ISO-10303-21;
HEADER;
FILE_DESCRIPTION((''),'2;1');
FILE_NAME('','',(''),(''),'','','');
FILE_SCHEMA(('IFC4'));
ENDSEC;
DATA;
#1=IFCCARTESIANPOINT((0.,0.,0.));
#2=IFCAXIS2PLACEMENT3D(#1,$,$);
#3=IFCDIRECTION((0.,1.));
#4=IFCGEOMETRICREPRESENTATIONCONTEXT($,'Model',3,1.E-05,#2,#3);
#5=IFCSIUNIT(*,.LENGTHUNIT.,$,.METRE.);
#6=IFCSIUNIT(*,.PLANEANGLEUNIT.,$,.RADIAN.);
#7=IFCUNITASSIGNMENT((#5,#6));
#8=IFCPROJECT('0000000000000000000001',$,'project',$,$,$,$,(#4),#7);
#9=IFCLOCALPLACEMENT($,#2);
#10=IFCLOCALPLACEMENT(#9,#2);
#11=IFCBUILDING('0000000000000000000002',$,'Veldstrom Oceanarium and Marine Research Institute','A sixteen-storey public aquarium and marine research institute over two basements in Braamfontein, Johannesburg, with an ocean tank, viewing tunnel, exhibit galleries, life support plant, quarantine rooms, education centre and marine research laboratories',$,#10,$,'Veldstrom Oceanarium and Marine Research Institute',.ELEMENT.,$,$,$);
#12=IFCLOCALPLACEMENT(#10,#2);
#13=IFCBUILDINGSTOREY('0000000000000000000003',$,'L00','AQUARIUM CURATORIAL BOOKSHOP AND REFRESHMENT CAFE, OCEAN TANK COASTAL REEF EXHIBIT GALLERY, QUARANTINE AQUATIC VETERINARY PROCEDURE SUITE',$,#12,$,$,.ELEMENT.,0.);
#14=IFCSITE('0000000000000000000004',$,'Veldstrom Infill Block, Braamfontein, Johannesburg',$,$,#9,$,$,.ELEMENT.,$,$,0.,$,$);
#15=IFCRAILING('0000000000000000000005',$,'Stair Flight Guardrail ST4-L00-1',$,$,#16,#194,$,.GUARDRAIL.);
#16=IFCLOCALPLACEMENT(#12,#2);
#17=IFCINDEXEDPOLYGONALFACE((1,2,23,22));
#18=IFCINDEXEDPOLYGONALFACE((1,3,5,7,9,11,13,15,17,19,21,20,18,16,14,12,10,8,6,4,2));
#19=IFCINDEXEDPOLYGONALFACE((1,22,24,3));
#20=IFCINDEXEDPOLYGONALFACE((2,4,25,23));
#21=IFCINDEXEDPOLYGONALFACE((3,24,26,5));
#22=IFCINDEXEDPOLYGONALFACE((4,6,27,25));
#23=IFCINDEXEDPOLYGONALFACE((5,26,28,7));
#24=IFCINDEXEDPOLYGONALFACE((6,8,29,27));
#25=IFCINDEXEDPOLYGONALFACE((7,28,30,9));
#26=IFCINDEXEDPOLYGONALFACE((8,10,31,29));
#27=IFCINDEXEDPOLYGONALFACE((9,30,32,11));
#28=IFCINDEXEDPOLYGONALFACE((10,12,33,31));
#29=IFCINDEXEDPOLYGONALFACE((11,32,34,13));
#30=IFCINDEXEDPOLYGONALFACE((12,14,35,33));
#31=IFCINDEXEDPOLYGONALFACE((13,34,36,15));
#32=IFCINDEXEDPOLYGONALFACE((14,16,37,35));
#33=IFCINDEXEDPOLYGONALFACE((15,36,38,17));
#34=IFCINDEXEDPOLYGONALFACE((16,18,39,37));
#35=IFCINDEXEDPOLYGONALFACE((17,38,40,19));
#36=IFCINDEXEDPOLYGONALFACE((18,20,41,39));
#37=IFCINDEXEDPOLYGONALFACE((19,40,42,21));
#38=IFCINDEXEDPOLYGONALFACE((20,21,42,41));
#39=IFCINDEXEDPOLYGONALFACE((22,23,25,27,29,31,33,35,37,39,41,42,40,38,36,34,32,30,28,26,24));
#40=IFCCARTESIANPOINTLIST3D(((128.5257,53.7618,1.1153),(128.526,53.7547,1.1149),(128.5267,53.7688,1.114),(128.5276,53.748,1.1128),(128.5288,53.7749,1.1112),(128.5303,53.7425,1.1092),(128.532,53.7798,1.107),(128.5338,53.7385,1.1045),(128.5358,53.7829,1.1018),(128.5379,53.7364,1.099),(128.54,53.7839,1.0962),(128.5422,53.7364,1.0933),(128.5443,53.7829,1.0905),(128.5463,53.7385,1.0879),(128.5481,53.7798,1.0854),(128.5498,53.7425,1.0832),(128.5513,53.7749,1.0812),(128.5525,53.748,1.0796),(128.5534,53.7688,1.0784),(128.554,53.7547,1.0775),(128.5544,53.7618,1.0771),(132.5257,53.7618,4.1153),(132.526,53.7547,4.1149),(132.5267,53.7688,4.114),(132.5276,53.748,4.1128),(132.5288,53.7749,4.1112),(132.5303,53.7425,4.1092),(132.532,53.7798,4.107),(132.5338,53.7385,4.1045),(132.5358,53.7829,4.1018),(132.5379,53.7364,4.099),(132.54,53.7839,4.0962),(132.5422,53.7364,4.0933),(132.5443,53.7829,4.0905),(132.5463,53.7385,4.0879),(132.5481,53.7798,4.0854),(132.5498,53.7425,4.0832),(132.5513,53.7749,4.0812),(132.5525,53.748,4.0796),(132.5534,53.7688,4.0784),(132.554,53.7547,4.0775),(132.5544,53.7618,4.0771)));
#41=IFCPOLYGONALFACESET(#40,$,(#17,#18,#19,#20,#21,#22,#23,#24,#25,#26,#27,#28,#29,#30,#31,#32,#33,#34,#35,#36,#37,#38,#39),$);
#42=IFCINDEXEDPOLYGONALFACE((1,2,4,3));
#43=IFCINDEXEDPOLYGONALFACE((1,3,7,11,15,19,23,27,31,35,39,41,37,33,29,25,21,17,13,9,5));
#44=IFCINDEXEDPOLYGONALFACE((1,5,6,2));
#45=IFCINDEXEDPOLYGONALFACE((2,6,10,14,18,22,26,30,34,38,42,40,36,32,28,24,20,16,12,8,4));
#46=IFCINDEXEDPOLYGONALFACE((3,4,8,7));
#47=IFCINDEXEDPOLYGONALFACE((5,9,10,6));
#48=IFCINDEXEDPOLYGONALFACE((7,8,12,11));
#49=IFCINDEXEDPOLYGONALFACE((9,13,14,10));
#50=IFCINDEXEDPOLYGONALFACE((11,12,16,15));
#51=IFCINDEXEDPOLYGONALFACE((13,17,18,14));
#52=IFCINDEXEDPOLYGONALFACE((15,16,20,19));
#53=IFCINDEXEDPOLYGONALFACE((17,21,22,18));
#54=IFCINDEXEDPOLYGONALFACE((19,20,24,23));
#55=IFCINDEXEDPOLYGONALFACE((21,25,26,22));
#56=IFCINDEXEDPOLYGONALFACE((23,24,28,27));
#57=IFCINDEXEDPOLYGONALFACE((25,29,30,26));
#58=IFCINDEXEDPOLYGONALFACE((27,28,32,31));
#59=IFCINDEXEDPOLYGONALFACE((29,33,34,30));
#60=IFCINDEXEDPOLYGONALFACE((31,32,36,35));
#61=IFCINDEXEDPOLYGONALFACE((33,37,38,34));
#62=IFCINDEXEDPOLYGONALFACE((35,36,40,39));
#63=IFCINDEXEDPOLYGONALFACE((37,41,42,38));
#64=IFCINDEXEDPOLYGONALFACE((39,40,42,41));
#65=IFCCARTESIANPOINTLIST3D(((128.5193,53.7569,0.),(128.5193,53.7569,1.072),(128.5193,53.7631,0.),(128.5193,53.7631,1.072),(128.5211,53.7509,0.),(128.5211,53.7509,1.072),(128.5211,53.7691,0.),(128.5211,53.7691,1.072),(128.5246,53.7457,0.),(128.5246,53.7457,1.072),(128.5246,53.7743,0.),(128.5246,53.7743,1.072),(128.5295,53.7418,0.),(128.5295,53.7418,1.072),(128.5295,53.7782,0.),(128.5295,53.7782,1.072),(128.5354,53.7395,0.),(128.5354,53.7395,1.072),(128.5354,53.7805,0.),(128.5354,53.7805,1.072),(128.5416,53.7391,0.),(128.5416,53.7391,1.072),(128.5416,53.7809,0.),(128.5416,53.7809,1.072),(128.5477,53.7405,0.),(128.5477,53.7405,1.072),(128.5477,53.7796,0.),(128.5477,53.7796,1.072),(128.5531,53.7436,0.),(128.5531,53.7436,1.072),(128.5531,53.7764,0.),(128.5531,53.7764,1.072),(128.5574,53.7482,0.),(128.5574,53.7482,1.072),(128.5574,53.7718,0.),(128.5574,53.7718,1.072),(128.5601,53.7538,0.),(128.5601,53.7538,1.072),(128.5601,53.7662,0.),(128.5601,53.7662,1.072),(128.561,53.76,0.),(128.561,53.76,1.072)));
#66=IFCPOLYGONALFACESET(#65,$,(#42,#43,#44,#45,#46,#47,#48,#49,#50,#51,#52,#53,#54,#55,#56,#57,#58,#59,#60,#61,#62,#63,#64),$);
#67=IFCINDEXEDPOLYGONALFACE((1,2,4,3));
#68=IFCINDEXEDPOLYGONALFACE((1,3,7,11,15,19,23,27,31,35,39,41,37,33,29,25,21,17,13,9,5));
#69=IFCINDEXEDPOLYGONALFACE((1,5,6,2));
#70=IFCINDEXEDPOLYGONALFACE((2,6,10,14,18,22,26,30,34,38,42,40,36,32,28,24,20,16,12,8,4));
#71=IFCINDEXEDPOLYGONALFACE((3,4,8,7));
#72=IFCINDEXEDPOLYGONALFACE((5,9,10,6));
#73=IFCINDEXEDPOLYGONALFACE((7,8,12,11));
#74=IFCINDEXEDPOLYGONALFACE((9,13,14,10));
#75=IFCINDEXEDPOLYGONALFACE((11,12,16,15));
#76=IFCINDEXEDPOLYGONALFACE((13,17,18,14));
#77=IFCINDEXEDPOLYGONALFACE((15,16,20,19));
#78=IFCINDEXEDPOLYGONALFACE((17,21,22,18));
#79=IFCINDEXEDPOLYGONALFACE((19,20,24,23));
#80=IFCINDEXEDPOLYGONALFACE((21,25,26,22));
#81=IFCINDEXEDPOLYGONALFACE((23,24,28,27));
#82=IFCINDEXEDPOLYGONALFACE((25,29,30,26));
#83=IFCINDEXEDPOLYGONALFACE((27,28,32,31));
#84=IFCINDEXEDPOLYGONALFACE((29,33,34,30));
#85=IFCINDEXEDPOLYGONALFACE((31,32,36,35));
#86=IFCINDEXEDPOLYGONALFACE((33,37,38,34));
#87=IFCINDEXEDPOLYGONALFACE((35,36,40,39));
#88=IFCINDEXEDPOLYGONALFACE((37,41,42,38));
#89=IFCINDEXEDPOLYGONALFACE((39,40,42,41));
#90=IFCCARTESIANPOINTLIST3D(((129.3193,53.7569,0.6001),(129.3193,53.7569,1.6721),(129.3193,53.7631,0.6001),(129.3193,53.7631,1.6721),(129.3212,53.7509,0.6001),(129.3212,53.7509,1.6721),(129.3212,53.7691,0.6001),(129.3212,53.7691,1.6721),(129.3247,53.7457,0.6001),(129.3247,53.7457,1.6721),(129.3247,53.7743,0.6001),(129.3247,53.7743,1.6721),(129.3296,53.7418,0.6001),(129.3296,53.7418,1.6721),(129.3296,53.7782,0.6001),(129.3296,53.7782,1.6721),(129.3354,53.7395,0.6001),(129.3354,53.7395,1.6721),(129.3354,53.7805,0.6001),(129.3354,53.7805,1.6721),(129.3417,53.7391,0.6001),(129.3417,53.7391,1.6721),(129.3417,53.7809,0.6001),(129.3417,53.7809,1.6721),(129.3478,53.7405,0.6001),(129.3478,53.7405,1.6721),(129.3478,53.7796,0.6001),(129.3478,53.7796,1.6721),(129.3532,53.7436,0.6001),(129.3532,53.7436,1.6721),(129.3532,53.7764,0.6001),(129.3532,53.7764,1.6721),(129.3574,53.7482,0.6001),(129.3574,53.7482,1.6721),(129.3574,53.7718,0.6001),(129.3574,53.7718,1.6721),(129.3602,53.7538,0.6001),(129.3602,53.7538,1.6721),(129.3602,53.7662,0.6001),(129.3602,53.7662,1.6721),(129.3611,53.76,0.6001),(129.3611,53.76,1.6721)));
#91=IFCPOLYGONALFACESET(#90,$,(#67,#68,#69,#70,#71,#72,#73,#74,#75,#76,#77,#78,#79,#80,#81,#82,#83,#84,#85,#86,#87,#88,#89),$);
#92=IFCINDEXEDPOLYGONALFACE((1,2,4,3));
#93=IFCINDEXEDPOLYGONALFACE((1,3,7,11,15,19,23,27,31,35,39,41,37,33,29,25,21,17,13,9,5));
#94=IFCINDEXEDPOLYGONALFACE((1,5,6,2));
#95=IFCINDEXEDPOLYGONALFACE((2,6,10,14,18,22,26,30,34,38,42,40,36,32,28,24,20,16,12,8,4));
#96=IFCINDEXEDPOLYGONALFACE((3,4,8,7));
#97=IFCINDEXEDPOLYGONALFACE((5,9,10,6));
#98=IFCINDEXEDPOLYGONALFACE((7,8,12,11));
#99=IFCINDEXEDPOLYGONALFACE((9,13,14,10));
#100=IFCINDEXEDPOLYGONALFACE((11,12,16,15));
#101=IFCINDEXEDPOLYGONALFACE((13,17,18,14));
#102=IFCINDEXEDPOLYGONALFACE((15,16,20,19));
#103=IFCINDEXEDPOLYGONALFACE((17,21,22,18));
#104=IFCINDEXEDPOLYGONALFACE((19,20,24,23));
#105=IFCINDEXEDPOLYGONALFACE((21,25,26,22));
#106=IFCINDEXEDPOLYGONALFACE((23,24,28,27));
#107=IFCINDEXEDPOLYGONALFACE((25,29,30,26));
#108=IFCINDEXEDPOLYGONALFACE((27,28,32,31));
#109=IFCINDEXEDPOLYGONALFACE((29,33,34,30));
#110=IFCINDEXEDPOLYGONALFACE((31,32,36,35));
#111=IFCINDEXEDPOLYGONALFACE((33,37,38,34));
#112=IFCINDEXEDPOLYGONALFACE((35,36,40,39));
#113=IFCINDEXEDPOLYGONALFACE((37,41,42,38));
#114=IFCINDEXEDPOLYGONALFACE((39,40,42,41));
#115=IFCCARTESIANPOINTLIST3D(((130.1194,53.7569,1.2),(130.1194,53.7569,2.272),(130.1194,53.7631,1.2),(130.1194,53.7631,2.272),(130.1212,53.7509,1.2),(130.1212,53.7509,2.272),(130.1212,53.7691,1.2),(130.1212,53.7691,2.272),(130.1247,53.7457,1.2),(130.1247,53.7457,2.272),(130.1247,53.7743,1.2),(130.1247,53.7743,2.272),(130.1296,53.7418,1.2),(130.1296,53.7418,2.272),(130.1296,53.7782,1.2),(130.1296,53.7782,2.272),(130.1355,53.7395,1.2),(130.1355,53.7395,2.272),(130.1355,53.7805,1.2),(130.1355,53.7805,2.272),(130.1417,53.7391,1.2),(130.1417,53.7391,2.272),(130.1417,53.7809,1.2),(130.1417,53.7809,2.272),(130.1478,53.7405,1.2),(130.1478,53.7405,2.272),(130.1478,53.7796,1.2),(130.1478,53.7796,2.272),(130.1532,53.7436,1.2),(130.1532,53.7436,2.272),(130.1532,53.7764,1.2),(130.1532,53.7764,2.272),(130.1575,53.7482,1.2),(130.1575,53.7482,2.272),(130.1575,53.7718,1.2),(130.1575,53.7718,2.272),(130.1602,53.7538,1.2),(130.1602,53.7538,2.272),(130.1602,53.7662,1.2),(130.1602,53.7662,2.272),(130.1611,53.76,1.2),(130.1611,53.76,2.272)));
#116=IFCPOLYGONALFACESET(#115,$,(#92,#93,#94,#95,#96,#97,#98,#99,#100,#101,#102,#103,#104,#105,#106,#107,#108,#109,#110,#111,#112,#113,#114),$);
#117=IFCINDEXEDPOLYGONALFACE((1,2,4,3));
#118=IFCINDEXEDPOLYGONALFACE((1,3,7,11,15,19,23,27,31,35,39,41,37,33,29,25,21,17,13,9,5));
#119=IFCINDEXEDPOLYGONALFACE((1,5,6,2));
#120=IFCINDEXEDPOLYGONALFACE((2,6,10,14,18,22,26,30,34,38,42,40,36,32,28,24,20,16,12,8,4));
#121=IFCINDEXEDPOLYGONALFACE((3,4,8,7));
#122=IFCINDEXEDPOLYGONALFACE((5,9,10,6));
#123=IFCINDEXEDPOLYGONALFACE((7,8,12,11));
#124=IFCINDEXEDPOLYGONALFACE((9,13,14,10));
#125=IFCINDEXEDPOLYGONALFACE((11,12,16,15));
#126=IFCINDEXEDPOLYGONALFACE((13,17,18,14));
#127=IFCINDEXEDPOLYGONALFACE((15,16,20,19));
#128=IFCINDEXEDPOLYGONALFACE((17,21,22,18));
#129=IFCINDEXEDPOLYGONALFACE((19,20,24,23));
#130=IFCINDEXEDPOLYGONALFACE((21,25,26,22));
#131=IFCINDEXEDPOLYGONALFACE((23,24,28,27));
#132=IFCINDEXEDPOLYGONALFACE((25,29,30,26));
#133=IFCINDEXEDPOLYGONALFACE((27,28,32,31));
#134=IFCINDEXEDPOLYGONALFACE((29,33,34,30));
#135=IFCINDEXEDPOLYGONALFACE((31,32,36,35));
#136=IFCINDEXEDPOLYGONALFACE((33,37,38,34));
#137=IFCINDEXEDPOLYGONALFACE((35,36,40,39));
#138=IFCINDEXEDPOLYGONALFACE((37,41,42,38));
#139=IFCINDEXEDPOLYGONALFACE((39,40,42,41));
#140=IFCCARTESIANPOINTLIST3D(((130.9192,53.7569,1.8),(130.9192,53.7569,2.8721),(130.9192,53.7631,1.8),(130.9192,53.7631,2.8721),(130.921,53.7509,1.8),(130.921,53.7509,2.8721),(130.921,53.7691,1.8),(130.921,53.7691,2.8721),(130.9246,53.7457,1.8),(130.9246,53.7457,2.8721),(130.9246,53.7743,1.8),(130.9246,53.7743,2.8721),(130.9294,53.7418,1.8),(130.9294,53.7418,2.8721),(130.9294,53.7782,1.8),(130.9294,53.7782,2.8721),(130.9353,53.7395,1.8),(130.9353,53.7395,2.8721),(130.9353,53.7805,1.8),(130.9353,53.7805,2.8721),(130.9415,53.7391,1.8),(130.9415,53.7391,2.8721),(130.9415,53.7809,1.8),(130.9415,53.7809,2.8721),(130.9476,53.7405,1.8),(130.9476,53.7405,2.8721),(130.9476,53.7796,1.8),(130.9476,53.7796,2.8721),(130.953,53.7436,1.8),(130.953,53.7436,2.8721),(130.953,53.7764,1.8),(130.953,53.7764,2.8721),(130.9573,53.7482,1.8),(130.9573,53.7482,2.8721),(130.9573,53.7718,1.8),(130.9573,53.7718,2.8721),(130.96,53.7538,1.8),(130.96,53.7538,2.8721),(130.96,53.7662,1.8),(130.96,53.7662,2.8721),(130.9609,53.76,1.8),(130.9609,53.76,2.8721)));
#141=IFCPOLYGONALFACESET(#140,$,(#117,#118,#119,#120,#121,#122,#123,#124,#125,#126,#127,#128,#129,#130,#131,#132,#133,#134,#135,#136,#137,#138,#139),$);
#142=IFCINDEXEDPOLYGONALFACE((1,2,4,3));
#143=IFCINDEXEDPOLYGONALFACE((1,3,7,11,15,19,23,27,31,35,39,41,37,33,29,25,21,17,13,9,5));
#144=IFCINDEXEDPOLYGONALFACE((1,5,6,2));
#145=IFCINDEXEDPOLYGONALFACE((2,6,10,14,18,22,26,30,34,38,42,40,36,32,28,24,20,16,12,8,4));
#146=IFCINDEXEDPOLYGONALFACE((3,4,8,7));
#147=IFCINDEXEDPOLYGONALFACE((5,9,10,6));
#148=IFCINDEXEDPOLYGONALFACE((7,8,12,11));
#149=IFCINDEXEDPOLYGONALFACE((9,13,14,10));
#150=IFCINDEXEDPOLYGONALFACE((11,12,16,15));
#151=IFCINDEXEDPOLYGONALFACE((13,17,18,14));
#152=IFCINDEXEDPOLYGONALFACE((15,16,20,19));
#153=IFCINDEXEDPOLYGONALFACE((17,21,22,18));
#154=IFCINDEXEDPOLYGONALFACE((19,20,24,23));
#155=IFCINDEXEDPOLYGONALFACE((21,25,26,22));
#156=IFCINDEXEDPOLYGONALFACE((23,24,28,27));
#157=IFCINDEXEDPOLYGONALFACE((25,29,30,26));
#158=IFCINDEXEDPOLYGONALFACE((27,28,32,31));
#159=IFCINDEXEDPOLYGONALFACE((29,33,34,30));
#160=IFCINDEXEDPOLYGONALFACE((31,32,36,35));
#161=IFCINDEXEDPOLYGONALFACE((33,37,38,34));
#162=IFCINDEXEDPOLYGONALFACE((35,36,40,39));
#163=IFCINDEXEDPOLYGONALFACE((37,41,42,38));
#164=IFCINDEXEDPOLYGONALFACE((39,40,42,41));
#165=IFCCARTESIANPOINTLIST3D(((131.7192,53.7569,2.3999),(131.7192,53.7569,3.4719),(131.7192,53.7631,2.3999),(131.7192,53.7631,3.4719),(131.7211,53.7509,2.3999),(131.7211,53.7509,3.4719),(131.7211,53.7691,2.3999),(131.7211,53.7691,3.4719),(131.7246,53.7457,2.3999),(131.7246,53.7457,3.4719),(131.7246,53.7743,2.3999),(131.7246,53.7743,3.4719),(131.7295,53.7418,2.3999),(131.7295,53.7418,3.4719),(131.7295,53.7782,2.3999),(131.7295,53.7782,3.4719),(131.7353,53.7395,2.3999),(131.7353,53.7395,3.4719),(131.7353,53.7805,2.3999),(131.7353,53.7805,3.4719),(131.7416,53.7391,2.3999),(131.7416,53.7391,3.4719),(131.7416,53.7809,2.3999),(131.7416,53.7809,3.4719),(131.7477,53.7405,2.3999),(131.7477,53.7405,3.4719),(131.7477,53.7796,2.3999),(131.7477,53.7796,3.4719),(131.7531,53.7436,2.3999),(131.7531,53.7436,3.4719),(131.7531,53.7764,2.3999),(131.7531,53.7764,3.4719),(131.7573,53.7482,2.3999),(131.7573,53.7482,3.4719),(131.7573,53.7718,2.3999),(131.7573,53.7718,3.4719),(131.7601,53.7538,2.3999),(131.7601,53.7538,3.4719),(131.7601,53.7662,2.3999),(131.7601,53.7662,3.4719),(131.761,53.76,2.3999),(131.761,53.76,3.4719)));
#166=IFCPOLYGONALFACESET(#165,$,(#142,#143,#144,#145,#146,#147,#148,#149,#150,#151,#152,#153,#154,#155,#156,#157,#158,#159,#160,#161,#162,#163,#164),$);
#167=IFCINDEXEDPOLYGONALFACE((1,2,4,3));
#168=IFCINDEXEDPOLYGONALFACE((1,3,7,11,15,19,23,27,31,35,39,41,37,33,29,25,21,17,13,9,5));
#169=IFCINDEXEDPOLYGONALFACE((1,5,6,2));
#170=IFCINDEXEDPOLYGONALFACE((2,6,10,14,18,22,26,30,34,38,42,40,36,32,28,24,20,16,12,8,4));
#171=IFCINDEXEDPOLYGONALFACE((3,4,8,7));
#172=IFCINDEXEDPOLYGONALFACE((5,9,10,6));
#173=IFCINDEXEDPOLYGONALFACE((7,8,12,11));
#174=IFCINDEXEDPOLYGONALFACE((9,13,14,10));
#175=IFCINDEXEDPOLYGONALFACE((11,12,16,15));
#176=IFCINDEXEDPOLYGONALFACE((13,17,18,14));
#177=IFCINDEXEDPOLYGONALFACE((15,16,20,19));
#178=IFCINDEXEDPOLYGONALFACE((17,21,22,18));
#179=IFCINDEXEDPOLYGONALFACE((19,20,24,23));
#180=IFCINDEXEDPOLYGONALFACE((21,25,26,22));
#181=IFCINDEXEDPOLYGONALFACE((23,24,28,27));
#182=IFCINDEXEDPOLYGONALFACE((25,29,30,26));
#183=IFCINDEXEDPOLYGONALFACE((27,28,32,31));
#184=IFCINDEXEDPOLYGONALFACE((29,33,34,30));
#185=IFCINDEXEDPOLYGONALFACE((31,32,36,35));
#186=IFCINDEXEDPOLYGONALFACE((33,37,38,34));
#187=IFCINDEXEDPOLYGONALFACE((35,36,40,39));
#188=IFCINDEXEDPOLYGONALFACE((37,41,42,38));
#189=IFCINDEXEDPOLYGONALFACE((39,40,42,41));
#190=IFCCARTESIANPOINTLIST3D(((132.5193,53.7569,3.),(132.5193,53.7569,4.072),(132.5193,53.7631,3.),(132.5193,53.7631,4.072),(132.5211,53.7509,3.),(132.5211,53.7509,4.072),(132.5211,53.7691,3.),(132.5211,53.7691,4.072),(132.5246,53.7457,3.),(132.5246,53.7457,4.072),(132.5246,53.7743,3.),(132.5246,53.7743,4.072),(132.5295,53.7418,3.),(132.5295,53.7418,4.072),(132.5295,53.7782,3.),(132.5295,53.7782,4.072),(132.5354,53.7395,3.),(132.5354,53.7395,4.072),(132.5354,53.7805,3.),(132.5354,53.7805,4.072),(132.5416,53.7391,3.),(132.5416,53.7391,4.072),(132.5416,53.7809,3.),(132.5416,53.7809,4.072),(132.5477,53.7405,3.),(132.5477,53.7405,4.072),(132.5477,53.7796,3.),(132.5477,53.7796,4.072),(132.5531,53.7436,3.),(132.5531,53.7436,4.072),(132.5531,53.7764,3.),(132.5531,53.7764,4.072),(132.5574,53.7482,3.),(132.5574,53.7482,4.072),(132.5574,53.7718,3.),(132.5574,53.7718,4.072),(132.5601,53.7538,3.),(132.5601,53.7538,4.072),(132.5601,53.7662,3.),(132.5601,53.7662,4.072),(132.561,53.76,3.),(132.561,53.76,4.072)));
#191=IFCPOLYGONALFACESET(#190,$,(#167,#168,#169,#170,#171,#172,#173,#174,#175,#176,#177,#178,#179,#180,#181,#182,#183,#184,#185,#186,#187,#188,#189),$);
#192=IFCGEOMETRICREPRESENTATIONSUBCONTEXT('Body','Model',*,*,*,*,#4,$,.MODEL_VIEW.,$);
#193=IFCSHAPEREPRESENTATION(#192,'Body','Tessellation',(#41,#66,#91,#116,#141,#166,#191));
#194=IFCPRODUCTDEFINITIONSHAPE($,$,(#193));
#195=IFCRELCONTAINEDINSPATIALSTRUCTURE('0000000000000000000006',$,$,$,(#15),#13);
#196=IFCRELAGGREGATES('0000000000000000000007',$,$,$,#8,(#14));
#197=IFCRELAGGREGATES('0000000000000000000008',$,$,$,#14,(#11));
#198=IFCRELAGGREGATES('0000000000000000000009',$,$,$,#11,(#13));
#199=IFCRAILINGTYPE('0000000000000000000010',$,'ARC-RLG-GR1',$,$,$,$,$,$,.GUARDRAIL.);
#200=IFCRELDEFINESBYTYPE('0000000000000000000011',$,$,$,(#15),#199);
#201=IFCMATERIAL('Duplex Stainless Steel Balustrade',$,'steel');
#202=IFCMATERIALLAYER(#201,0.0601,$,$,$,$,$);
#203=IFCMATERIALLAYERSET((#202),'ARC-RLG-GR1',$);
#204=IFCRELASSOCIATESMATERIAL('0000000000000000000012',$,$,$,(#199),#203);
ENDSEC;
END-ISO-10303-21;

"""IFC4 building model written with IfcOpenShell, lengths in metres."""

from ifc_helpers import new_model, si_unit, direction, frame, origin, origin_2d, place, context, subcontext, project, spatial, circle, extrude, material, layer, layer_set, type_object, element, save


model = new_model("IFC4")

# Units and contexts
model_context = context("Model", 3, precision=1e-05, world=origin(), true_north=direction((0.0, 1.0)))
body_context = subcontext(model_context, "Body", "Model", "MODEL_VIEW")
ifc_project = project(units=[si_unit("LENGTHUNIT", "METRE"), si_unit("PLANEANGLEUNIT", "RADIAN")], contexts=[model_context])

# Site, building, storey
site_placement = place(None, origin())
site = spatial("IfcSite", under=ifc_project, at=site_placement, Name="Veldstrom Infill Block, Braamfontein, Johannesburg", CompositionType="ELEMENT", RefElevation=0.0)
building_placement = place(site_placement, origin())
building = spatial("IfcBuilding", under=site, at=building_placement, Name="Veldstrom Oceanarium and Marine Research Institute", Description="A sixteen-storey public aquarium and marine research institute over two basements in Braamfontein, Johannesburg, with an ocean tank, viewing tunnel, exhibit galleries, life support plant, quarantine rooms, education centre and marine research laboratories", LongName="Veldstrom Oceanarium and Marine Research Institute", CompositionType="ELEMENT")
storey_placement = place(building_placement, origin())
storey = spatial("IfcBuildingStorey", under=building, at=storey_placement, Name="L00", Description="AQUARIUM CURATORIAL BOOKSHOP AND REFRESHMENT CAFE, OCEAN TANK COASTAL REEF EXHIBIT GALLERY, QUARANTINE AQUATIC VETERINARY PROCEDURE SUITE", CompositionType="ELEMENT", Elevation=0.0)

# Railing
ifc_material_1 = material(Name="Duplex Stainless Steel Balustrade", Category="steel")
ifc_layer_1 = layer(ifc_material_1, 0.0601)
ifc_layer_set_1 = layer_set([ifc_layer_1], Name="ARC-RLG-GR1")
railing_type_1 = type_object("IfcRailingType", Name="ARC-RLG-GR1", PredefinedType="GUARDRAIL", material=ifc_layer_set_1)
railing_1_placement = place(storey_placement, frame((128.54, 53.76, 0.0)))
element("IfcRailing", 1, at=railing_1_placement, inside=storey, type_object=railing_type_1, Name="Stair Flight Guardrail ST4-L00-1", PredefinedType="GUARDRAIL", context=body_context, shape_type="SweptSolid", body=[
    extrude(circle(Radius=0.0239, at=origin_2d()), frame((0.0, 0.0, 1.0962), z_axis=(0.8, 0.0, 0.6), x_axis=(0.0, 1.0, 0.0)), (0.0, 0.0, 1.0), 5.0),
    extrude(circle(Radius=0.021, at=origin_2d()), origin(), (0.0, 0.0, 1.0), 1.072),
    extrude(circle(Radius=0.021, at=origin_2d()), frame((0.8, 0.0, 0.6001)), (0.0, 0.0, 1.0), 1.072),
    extrude(circle(Radius=0.021, at=origin_2d()), frame((1.6001, 0.0, 1.2)), (0.0, 0.0, 1.0), 1.072),
    extrude(circle(Radius=0.021, at=origin_2d()), frame((2.3999, 0.0, 1.8)), (0.0, 0.0, 1.0), 1.072),
    extrude(circle(Radius=0.021, at=origin_2d()), frame((3.2, 0.0, 2.3999)), (0.0, 0.0, 1.0), 1.072),
    extrude(circle(Radius=0.021, at=origin_2d()), frame((4.0, 0.0, 3.0)), (0.0, 0.0, 1.0), 1.072),
])

save(model, "model.ifc")
